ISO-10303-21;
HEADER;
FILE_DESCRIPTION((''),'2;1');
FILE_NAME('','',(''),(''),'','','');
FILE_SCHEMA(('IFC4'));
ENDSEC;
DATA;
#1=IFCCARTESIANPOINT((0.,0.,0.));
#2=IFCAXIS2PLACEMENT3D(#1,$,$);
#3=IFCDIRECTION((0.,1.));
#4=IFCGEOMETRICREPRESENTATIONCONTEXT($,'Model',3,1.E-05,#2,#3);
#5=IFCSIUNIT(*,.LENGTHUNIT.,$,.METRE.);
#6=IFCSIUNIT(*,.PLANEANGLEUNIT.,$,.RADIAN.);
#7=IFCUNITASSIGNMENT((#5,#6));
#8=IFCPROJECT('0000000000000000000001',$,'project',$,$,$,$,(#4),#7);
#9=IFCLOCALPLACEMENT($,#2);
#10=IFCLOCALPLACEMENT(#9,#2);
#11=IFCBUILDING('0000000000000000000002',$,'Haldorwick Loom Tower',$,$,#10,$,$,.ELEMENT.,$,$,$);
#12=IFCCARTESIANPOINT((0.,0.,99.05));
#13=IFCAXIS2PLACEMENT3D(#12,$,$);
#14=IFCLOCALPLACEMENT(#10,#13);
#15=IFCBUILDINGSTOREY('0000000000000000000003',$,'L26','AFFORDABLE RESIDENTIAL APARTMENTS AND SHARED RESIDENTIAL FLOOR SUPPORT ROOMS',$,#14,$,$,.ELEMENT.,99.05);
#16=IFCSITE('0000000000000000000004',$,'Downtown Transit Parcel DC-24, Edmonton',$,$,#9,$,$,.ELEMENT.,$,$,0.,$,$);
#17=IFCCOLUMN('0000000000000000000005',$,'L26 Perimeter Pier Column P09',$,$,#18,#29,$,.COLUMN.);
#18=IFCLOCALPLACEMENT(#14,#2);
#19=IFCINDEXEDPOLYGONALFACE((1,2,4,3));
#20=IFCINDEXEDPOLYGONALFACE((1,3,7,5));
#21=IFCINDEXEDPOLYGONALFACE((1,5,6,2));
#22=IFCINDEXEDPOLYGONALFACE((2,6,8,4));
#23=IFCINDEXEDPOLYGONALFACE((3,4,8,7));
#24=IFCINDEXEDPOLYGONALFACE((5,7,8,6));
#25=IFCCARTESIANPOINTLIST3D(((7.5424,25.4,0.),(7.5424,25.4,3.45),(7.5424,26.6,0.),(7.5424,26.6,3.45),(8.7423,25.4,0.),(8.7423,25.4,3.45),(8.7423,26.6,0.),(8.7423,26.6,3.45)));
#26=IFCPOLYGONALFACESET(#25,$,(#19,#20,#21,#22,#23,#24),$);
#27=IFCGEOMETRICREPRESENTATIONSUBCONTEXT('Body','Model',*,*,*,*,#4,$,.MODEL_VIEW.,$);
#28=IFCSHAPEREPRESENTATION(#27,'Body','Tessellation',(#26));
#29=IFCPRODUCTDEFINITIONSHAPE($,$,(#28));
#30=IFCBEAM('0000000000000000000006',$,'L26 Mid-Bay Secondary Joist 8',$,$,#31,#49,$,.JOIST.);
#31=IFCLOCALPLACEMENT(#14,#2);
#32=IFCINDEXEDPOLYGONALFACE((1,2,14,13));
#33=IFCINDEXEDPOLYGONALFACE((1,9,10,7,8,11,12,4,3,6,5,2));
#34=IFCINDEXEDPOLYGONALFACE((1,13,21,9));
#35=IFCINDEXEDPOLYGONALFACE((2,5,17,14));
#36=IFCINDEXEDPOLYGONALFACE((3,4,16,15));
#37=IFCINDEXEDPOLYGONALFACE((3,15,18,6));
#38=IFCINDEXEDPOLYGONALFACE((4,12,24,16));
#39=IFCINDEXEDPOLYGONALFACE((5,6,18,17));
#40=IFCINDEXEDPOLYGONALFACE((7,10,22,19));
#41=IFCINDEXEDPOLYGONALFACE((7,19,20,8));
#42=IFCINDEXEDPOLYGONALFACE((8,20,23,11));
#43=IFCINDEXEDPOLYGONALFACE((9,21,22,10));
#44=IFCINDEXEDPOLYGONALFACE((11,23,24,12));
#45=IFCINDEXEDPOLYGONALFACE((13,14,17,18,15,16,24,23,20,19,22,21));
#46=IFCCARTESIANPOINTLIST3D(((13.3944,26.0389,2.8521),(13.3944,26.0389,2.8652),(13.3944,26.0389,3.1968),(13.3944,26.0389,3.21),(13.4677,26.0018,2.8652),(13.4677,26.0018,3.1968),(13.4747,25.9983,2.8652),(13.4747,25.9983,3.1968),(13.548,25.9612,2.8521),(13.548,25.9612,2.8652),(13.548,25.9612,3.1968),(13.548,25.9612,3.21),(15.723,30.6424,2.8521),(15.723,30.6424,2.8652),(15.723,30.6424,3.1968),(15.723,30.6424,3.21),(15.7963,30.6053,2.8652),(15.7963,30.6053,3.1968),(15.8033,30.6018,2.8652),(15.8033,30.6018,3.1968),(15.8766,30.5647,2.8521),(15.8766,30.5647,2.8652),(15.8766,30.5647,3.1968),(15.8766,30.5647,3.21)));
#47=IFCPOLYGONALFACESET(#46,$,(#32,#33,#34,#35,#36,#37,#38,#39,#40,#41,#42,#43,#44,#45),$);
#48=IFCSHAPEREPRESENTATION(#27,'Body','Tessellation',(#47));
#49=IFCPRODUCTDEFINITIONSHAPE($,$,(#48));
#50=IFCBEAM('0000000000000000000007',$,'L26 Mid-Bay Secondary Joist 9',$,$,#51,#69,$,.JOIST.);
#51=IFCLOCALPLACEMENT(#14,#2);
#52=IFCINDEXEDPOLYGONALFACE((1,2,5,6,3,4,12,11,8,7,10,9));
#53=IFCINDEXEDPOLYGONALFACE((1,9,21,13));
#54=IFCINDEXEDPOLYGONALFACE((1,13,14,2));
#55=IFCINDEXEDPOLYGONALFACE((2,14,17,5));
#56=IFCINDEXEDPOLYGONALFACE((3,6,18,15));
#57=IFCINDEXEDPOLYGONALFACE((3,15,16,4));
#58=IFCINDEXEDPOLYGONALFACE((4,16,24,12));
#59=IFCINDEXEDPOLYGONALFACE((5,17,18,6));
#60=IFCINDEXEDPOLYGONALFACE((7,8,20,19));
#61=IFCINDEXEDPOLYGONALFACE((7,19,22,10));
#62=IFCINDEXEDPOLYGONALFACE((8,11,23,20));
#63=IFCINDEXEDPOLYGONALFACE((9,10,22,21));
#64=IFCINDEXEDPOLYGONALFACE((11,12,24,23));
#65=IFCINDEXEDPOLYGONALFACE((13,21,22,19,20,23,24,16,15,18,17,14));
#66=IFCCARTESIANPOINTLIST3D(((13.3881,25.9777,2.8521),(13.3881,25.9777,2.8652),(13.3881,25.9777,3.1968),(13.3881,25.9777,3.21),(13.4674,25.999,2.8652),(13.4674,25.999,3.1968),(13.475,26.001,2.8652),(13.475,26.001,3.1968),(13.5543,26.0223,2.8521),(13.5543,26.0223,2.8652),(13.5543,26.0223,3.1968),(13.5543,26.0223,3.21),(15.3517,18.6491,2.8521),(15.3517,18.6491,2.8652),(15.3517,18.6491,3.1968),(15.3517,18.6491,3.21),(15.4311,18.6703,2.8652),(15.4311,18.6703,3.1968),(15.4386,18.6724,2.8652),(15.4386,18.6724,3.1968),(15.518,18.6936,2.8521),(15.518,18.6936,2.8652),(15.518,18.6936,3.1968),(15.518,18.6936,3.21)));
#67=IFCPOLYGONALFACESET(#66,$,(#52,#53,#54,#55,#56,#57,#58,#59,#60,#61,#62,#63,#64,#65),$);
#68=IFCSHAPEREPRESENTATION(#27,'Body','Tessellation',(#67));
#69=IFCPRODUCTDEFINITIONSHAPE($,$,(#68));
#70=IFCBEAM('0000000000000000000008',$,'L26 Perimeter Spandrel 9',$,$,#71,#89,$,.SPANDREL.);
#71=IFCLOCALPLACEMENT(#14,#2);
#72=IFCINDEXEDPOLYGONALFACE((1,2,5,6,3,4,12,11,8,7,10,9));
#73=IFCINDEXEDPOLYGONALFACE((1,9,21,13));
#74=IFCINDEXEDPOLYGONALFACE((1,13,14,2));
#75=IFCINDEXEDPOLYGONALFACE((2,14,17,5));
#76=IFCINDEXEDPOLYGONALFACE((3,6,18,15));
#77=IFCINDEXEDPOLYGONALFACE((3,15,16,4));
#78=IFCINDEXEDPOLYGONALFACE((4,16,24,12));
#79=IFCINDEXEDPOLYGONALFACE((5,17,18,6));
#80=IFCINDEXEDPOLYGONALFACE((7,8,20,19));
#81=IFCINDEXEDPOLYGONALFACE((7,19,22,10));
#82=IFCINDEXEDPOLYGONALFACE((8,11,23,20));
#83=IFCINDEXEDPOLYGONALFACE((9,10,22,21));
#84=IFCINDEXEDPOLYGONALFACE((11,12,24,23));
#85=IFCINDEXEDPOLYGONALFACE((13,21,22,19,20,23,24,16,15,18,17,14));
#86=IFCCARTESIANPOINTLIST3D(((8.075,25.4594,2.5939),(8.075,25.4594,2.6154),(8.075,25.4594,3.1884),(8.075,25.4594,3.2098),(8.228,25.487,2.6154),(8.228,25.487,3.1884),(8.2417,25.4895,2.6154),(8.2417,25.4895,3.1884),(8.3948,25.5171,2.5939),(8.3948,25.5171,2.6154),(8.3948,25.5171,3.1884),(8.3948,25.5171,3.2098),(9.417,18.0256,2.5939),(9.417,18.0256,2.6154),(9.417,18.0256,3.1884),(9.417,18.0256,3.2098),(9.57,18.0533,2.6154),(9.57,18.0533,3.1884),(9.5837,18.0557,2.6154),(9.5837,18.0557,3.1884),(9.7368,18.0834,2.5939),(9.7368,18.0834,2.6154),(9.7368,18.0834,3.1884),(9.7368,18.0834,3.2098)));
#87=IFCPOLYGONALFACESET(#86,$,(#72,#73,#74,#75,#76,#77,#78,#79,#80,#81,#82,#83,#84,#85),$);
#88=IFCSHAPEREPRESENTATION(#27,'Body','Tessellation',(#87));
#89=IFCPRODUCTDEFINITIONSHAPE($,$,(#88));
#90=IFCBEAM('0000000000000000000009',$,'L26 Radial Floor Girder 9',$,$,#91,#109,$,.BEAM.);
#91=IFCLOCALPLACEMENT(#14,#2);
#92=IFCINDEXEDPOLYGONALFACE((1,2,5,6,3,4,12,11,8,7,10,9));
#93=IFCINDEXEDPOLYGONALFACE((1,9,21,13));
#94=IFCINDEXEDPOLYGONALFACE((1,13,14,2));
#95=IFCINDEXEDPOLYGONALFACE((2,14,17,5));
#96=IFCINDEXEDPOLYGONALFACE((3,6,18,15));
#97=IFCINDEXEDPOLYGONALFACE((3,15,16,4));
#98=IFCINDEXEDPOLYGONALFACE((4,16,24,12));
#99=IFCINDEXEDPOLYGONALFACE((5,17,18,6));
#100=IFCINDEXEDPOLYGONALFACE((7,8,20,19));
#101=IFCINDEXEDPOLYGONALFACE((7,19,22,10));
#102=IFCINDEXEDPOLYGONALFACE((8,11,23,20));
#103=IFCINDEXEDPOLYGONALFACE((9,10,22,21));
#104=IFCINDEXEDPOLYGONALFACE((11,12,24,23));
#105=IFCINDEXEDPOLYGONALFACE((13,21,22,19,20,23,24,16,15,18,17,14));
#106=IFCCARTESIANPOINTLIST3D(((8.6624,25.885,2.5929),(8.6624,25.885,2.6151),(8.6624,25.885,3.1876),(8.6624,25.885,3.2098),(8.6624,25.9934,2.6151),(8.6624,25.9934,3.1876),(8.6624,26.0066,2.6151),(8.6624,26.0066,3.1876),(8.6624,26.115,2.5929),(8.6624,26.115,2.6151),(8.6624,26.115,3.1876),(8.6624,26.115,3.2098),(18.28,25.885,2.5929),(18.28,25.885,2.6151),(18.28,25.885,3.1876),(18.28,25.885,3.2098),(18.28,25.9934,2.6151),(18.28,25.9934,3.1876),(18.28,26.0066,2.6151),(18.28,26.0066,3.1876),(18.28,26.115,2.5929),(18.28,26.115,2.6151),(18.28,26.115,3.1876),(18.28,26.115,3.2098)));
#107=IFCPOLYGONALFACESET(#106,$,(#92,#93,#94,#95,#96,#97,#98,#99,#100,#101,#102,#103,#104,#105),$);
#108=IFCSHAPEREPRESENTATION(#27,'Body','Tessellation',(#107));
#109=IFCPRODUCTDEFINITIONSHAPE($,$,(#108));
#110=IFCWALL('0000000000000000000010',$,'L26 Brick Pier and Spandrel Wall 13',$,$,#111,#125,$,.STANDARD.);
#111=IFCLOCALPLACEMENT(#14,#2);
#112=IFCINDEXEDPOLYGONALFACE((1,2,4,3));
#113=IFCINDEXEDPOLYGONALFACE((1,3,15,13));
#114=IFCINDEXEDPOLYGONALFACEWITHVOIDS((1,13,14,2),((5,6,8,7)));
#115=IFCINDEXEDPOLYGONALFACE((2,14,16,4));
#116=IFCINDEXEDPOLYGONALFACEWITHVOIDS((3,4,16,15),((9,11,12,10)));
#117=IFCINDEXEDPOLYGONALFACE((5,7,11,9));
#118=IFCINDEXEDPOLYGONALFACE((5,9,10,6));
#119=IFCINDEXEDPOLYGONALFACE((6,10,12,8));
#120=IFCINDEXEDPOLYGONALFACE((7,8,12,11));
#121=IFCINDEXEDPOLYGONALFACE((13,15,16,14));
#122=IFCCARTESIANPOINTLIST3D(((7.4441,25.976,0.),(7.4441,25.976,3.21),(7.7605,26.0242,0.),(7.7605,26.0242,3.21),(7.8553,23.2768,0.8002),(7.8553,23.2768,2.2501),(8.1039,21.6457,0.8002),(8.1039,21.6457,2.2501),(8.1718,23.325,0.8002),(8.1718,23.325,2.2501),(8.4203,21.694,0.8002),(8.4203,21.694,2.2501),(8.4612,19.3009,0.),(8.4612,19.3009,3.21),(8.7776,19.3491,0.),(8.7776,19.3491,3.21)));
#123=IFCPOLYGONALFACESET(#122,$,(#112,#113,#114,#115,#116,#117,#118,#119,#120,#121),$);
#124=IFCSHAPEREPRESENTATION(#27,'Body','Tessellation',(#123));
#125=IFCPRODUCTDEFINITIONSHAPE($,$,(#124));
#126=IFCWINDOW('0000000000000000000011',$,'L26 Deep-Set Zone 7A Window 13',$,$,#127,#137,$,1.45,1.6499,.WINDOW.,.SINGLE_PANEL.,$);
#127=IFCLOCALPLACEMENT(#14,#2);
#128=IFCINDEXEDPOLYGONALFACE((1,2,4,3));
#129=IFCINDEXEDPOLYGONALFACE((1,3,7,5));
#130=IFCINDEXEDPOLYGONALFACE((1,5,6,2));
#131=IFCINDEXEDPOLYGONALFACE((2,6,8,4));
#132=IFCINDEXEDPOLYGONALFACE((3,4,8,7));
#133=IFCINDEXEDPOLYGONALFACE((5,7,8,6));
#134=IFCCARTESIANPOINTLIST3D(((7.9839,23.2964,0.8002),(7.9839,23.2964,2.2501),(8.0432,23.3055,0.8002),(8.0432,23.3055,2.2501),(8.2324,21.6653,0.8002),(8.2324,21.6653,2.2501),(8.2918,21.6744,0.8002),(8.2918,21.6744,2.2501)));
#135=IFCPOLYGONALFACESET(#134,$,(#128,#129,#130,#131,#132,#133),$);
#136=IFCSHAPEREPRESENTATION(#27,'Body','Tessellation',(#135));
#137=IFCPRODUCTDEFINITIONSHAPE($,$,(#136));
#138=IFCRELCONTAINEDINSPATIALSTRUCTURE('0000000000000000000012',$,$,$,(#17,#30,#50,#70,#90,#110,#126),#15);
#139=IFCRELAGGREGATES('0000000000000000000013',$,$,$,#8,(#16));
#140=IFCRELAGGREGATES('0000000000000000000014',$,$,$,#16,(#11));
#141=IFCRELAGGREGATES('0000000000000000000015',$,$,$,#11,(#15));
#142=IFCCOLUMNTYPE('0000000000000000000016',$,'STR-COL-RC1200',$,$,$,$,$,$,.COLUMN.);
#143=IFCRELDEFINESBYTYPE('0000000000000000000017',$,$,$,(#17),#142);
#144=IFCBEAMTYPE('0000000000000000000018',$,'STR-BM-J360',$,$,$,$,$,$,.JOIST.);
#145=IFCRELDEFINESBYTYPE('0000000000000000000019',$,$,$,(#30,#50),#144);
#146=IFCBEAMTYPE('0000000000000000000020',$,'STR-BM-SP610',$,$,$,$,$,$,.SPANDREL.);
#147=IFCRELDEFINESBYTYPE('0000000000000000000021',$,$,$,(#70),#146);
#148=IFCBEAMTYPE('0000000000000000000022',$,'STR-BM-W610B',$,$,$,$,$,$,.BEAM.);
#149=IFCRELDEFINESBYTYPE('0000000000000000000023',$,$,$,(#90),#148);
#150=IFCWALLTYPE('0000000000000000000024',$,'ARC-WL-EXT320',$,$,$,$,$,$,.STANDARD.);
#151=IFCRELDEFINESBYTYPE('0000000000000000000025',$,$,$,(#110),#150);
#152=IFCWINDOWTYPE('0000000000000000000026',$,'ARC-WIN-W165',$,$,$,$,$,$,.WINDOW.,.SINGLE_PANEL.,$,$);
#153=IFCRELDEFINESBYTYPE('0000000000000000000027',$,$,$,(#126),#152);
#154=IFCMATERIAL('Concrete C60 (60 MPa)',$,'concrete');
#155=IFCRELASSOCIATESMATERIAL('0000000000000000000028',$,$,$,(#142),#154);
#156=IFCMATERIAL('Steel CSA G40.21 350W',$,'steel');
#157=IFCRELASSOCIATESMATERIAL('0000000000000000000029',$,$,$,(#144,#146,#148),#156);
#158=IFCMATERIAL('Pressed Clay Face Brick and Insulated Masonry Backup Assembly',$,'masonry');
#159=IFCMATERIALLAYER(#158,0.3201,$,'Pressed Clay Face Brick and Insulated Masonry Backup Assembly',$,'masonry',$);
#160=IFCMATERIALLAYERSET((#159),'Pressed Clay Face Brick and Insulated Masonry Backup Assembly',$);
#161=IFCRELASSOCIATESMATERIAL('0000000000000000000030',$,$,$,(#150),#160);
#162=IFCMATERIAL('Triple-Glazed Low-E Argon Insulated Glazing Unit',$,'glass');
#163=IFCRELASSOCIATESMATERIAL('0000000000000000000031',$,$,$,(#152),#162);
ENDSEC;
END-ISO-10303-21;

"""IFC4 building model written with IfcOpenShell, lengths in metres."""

from ifc_helpers import new_model, si_unit, direction, frame, frame_2d, origin, origin_2d, place, context, subcontext, project, spatial, rectangle, i_section, extrude, material, layer, layer_set, material_profile, profile_set, type_object, element, fill, save


model = new_model("IFC4")

# Units and contexts
model_context = context("Model", 3, precision=1e-05, world=origin(), true_north=direction((0.0, 1.0)))
body_context = subcontext(model_context, "Body", "Model", "MODEL_VIEW")
ifc_project = project(units=[si_unit("LENGTHUNIT", "METRE"), si_unit("PLANEANGLEUNIT", "RADIAN")], contexts=[model_context])

# Site, building, storey
site_placement = place(None, origin())
site = spatial("IfcSite", under=ifc_project, at=site_placement, Name="Downtown Transit Parcel DC-24, Edmonton", CompositionType="ELEMENT", RefElevation=0.0)
building_placement = place(site_placement, origin())
building = spatial("IfcBuilding", under=site, at=building_placement, Name="Haldorwick Loom Tower", CompositionType="ELEMENT")
storey_placement = place(building_placement, frame((0.0, 0.0, 99.05)))
storey = spatial("IfcBuildingStorey", under=building, at=storey_placement, Name="L26", Description="AFFORDABLE RESIDENTIAL APARTMENTS AND SHARED RESIDENTIAL FLOOR SUPPORT ROOMS", CompositionType="ELEMENT", Elevation=99.05)

# Column
ifc_material_1 = material(Name="Concrete C60 (60 MPa)", Category="concrete")
ifc_material_profile_1 = material_profile(ifc_material_1, rectangle(XDim=1.2, YDim=1.2, at=origin_2d()), Name="RC1200X1200", Category="concrete")
ifc_profile_set_1 = profile_set([ifc_material_profile_1], Name="Concrete C60 (60 MPa)")
column_type = type_object("IfcColumnType", Name="STR-COL-RC1200", PredefinedType="COLUMN", material=ifc_profile_set_1)
column_placement = place(storey_placement, frame((8.1423, 26.0, 0.0), z_axis=(0.0, 0.0, 1.0), x_axis=(-1.0, 0.0, 0.0)))
element("IfcColumn", 1, at=column_placement, inside=storey, type_object=column_type, Name="L26 Perimeter Pier Column P09", PredefinedType="COLUMN", context=body_context, shape_type="SweptSolid", body=[
    extrude(rectangle(XDim=1.2, YDim=1.2, at=origin_2d()), origin(), (0.0, 0.0, 1.0), 3.45),
])

# Beams
ifc_material_2 = material(Name="Steel CSA G40.21 350W", Category="steel")
ifc_material_profile_2 = material_profile(ifc_material_2, i_section(OverallWidth=0.1721, OverallDepth=0.3579, WebThickness=0.0078, FlangeThickness=0.0132, at=origin_2d()), Name="W360X57", Category="steel")
ifc_profile_set_2 = profile_set([ifc_material_profile_2], Name="Steel CSA G40.21 350W")
beam_type_1 = type_object("IfcBeamType", Name="STR-BM-J360", PredefinedType="JOIST", material=ifc_profile_set_2)
beam_1_placement = place(storey_placement, frame((15.7998, 30.6035, 3.031), z_axis=(-0.451373, -0.892335, 0.0), x_axis=(0.892335, -0.451373, 0.0)))
element("IfcBeam", 2, at=beam_1_placement, inside=storey, type_object=beam_type_1, Name="L26 Mid-Bay Secondary Joist 8", PredefinedType="JOIST", context=body_context, shape_type="SweptSolid", body=[
    extrude(i_section(OverallWidth=0.1721, OverallDepth=0.3579, WebThickness=0.0078, FlangeThickness=0.0132, at=origin_2d()), origin(), (0.0, 0.0, 1.0), 5.1589),
])
beam_2_placement = place(storey_placement, frame((13.4712, 26.0, 3.031), z_axis=(0.25881, -0.965928, 0.0), x_axis=(0.965928, 0.25881, 0.0)))
element("IfcBeam", 3, at=beam_2_placement, inside=storey, type_object=beam_type_1, Name="L26 Mid-Bay Secondary Joist 9", PredefinedType="JOIST", context=body_context, shape_type="SweptSolid", body=[
    extrude(i_section(OverallWidth=0.1721, OverallDepth=0.3579, WebThickness=0.0078, FlangeThickness=0.0132, at=origin_2d()), origin(), (0.0, 0.0, 1.0), 7.5872),
])
ifc_material_profile_3 = material_profile(ifc_material_2, i_section(OverallWidth=0.325, OverallDepth=0.616, WebThickness=0.0139, FlangeThickness=0.0215, at=origin_2d()), Name="W610X174", Category="steel")
ifc_profile_set_3 = profile_set([ifc_material_profile_3], Name="Steel CSA G40.21 350W")
beam_type_2 = type_object("IfcBeamType", Name="STR-BM-SP610", PredefinedType="SPANDREL", material=ifc_profile_set_3)
beam_3_placement = place(storey_placement, frame((8.2349, 25.4883, 2.9019), z_axis=(0.177659, -0.984092, 0.0), x_axis=(0.984092, 0.177659, 0.0)))
element("IfcBeam", 4, at=beam_3_placement, inside=storey, type_object=beam_type_2, Name="L26 Perimeter Spandrel 9", PredefinedType="SPANDREL", context=body_context, shape_type="SweptSolid", body=[
    extrude(i_section(OverallWidth=0.325, OverallDepth=0.616, WebThickness=0.0139, FlangeThickness=0.0215, at=origin_2d()), origin(), (0.0, 0.0, 1.0), 7.554),
])
ifc_material_profile_4 = material_profile(ifc_material_2, i_section(OverallWidth=0.23, OverallDepth=0.6169, WebThickness=0.0132, FlangeThickness=0.0222, at=origin_2d()), Name="W610X140", Category="steel")
ifc_profile_set_4 = profile_set([ifc_material_profile_4], Name="Steel CSA G40.21 350W")
beam_type_3 = type_object("IfcBeamType", Name="STR-BM-W610B", PredefinedType="BEAM", material=ifc_profile_set_4)
beam_4_placement = place(storey_placement, frame((18.28, 26.0, 2.9014), z_axis=(-1.0, 0.0, 0.0), x_axis=(0.0, -1.0, 0.0)))
element("IfcBeam", 5, at=beam_4_placement, inside=storey, type_object=beam_type_3, Name="L26 Radial Floor Girder 9", PredefinedType="BEAM", context=body_context, shape_type="SweptSolid", body=[
    extrude(i_section(OverallWidth=0.23, OverallDepth=0.6169, WebThickness=0.0132, FlangeThickness=0.0222, at=origin_2d()), origin(), (0.0, 0.0, 1.0), 9.6177),
])

# Wall, opening, window
ifc_material_3 = material(Name="Pressed Clay Face Brick and Insulated Masonry Backup Assembly", Category="masonry")
ifc_layer_1 = layer(ifc_material_3, 0.3201, Name="Pressed Clay Face Brick and Insulated Masonry Backup Assembly", Category="masonry")
ifc_layer_set_1 = layer_set([ifc_layer_1], Name="Pressed Clay Face Brick and Insulated Masonry Backup Assembly")
wall_type_1 = type_object("IfcWallType", Name="ARC-WL-EXT320", PredefinedType="STANDARD", material=ifc_layer_set_1)
wall_1_placement = place(storey_placement, frame((7.6023, 26.0, 0.0), z_axis=(0.0, 0.0, 1.0), x_axis=(0.150633, -0.98859, 0.0)))
wall_1 = element("IfcWall", 6, at=wall_1_placement, inside=storey, type_object=wall_type_1, Name="L26 Brick Pier and Spandrel Wall 13", PredefinedType="STANDARD", context=body_context, shape_type="SweptSolid", body=[
    extrude(rectangle(XDim=6.7522, YDim=0.3201, at=frame_2d((3.376, 0.0))), origin(), (0.0, 0.0, 1.0), 3.21),
])
opening_1_placement = place(wall_1_placement, frame((2.7302, 0.0, 0.8)))
opening_1 = element("IfcOpeningElement", 7, at=opening_1_placement, cuts=wall_1, PredefinedType="OPENING", context=body_context, shape_type="SweptSolid", body=[
    extrude(rectangle(XDim=1.6499, YDim=1.45, at=frame_2d((0.825, 0.7251))), frame((0.0, 0.1699, 0.0), z_axis=(0.0, -1.0, 0.0), x_axis=(1.0, 0.0, 0.0)), (0.0, 0.0, 1.0), 0.3401),
])
ifc_material_4 = material(Name="Triple-Glazed Low-E Argon Insulated Glazing Unit", Category="glass")
window_type = type_object("IfcWindowType", Name="ARC-WIN-W165", PartitioningType="SINGLE_PANEL", PredefinedType="WINDOW", material=ifc_material_4)
window_placement = place(opening_1_placement, origin())
window = element("IfcWindow", 8, at=window_placement, inside=storey, type_object=window_type, Name="L26 Deep-Set Zone 7A Window 13", OverallHeight=1.45, OverallWidth=1.6499, PartitioningType="SINGLE_PANEL", PredefinedType="WINDOW", context=body_context, shape_type="SweptSolid", body=[
    extrude(rectangle(XDim=1.6499, YDim=1.45, at=frame_2d((0.825, 0.7251))), frame((0.0, 0.03, 0.0), z_axis=(0.0, -1.0, 0.0), x_axis=(1.0, 0.0, 0.0)), (0.0, 0.0, 1.0), 0.0601),
])
fill(opening_1, window)

save(model, "model.ifc")
